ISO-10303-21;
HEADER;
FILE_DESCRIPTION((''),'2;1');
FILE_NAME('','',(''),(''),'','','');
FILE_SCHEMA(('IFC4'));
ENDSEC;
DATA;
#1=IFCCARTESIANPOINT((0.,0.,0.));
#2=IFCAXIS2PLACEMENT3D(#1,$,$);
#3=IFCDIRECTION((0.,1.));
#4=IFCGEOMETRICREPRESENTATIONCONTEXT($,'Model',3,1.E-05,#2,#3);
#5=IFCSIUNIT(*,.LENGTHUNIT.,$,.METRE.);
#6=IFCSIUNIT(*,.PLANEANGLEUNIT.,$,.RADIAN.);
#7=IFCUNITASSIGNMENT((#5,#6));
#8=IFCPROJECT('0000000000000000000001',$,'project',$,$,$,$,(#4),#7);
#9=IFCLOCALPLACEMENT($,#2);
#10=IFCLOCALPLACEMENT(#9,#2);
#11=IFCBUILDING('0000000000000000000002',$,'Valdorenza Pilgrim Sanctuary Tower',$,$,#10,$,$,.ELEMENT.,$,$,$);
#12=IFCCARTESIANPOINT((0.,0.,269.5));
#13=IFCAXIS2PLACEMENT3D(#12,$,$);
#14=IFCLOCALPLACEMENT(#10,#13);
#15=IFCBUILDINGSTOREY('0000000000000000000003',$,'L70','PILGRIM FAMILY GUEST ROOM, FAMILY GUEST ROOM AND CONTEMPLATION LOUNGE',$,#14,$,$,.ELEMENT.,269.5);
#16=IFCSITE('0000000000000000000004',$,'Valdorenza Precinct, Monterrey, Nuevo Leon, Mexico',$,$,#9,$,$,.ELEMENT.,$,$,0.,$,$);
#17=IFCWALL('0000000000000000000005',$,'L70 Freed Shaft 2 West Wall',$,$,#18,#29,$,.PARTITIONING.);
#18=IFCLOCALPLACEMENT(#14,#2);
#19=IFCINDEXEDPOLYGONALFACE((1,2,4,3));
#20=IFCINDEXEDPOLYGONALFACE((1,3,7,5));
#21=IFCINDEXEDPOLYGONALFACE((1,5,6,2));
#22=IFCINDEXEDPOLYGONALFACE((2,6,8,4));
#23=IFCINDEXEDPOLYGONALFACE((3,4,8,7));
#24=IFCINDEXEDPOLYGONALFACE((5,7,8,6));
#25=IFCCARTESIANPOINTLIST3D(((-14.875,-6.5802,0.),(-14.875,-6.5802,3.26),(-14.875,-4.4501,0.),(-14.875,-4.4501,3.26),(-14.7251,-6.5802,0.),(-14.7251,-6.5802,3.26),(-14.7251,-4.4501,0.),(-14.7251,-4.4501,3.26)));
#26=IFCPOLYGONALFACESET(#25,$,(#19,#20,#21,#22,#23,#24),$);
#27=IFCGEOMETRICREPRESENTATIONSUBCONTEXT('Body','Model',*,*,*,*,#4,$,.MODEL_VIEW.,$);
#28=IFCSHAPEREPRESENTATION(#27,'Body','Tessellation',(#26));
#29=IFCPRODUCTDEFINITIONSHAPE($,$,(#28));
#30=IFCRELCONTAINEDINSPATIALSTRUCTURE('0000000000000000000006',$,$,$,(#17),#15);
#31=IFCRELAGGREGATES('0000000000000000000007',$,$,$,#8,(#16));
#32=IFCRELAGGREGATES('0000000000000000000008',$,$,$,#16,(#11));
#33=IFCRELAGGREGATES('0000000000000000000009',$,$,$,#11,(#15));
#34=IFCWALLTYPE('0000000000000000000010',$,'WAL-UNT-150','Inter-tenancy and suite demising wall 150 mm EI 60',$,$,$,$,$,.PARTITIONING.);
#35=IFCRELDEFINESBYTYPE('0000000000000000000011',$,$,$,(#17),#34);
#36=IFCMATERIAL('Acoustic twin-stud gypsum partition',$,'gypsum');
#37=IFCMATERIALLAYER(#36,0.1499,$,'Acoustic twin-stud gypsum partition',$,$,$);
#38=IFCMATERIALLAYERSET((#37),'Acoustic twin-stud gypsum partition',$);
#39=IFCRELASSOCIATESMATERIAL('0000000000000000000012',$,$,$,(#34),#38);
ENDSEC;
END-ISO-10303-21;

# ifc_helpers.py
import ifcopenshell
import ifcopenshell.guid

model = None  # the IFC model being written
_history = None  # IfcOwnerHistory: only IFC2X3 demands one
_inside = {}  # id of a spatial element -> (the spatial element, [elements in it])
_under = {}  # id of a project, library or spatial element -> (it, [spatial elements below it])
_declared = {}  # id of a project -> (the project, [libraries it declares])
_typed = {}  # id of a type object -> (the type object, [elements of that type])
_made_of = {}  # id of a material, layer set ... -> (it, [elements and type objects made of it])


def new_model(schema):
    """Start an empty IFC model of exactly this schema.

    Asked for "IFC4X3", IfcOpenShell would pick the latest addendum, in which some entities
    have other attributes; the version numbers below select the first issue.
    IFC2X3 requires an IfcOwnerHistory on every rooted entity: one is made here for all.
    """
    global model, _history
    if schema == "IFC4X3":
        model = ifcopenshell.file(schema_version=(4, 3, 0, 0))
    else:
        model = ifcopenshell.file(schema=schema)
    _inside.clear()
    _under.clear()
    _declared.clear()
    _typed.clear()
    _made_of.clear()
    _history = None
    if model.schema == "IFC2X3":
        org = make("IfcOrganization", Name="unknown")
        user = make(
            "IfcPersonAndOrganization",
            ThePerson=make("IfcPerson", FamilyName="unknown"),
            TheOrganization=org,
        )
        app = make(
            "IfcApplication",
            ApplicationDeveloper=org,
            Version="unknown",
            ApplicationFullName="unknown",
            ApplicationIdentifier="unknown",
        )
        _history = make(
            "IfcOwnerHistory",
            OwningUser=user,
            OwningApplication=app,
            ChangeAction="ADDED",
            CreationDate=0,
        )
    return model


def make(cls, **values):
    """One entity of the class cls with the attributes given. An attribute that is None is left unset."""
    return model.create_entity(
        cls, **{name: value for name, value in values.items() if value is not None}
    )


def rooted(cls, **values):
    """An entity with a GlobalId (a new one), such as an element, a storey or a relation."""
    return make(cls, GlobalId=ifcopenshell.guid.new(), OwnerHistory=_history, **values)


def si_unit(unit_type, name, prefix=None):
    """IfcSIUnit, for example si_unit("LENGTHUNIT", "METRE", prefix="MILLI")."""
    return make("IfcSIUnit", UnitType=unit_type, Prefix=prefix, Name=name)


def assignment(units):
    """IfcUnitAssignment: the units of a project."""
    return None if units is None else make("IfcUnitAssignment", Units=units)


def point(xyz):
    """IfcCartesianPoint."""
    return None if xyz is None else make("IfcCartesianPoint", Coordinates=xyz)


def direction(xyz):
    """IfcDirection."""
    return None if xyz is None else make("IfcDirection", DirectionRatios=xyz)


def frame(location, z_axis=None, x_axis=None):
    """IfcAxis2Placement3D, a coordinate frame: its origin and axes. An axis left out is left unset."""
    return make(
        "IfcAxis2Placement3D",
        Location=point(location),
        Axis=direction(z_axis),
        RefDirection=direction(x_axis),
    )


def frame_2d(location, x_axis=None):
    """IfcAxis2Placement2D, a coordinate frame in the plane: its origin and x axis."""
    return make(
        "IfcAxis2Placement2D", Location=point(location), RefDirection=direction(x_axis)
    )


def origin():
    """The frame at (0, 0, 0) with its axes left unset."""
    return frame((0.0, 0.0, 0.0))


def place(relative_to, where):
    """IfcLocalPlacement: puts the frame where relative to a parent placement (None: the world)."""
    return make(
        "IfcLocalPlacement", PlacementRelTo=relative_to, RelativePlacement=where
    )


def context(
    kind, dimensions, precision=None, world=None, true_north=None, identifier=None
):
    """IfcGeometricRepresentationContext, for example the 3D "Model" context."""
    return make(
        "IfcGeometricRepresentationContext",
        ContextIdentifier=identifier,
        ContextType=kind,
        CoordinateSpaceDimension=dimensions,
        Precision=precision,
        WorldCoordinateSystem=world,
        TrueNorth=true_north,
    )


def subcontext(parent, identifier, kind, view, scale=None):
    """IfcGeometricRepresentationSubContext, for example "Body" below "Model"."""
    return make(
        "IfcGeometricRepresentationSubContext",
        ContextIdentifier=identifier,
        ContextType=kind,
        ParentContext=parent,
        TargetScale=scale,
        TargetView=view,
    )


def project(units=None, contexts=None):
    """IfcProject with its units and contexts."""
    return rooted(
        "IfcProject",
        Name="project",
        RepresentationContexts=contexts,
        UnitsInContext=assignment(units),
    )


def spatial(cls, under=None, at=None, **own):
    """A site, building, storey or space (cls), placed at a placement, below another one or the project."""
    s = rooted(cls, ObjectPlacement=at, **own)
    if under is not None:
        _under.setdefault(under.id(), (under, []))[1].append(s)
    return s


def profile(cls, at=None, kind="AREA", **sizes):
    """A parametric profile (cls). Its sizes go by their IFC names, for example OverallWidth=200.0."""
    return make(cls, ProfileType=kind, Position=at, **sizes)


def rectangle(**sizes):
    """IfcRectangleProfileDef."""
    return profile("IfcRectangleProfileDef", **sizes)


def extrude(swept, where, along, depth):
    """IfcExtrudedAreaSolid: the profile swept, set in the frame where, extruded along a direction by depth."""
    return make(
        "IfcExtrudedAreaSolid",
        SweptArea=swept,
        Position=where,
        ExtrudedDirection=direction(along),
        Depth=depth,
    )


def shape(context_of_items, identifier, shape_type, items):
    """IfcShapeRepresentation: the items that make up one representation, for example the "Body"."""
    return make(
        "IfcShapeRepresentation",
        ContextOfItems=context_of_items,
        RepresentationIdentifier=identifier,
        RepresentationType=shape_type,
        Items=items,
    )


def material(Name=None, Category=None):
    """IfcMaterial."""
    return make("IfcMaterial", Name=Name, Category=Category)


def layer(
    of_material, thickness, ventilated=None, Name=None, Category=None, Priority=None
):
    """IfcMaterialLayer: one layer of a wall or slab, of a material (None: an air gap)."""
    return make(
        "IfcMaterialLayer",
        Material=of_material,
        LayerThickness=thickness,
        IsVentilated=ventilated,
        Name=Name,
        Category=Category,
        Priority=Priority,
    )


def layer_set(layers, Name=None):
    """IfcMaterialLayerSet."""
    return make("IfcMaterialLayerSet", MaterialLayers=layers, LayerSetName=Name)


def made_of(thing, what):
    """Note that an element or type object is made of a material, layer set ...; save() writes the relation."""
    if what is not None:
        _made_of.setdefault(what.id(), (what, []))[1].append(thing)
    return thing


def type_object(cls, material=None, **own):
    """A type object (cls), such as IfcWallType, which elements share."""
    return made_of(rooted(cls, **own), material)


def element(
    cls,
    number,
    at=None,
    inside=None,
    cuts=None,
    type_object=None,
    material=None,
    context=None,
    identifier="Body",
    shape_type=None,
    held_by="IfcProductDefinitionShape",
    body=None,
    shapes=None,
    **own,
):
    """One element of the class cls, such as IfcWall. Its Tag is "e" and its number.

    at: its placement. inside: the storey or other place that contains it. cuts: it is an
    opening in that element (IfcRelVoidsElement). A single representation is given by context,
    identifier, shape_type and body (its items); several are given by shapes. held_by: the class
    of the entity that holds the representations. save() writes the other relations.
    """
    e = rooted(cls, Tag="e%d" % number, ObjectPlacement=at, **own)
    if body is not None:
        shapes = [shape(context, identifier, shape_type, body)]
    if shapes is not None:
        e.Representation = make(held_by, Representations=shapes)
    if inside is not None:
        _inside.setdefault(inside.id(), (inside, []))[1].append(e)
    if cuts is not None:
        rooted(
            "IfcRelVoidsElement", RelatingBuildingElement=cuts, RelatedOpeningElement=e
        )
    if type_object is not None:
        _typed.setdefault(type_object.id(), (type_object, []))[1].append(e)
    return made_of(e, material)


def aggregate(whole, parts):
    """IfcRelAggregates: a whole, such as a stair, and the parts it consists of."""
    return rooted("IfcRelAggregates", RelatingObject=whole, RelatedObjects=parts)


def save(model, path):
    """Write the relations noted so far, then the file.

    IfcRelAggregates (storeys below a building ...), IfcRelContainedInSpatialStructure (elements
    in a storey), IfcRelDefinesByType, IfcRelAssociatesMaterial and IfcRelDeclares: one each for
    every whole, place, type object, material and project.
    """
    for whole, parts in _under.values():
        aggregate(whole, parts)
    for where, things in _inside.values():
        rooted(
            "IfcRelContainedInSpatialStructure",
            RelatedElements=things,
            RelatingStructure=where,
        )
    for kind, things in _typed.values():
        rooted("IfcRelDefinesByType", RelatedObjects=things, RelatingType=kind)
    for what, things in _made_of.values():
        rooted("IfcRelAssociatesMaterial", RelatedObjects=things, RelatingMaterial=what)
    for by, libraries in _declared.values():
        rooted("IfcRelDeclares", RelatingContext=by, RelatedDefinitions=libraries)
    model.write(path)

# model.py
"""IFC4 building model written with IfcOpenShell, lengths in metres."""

from ifc_helpers import new_model, si_unit, direction, frame, frame_2d, origin, place, context, subcontext, project, spatial, rectangle, extrude, material, layer, layer_set, type_object, element, save


model = new_model("IFC4")

# Units and contexts
model_context = context("Model", 3, precision=1e-05, world=origin(), true_north=direction((0.0, 1.0)))
body_context = subcontext(model_context, "Body", "Model", "MODEL_VIEW")
ifc_project = project(units=[si_unit("LENGTHUNIT", "METRE"), si_unit("PLANEANGLEUNIT", "RADIAN")], contexts=[model_context])

# Site, building, storey
site_placement = place(None, origin())
site = spatial("IfcSite", under=ifc_project, at=site_placement, Name="Valdorenza Precinct, Monterrey, Nuevo Leon, Mexico", CompositionType="ELEMENT", RefElevation=0.0)
building_placement = place(site_placement, origin())
building = spatial("IfcBuilding", under=site, at=building_placement, Name="Valdorenza Pilgrim Sanctuary Tower", CompositionType="ELEMENT")
storey_placement = place(building_placement, frame((0.0, 0.0, 269.5)))
storey = spatial("IfcBuildingStorey", under=building, at=storey_placement, Name="L70", Description="PILGRIM FAMILY GUEST ROOM, FAMILY GUEST ROOM AND CONTEMPLATION LOUNGE", CompositionType="ELEMENT", Elevation=269.5)

# Shared definitions
ifc_material_1 = material(Name="Acoustic twin-stud gypsum partition", Category="gypsum")

# Wall
ifc_layer_1 = layer(ifc_material_1, 0.1499, Name="Acoustic twin-stud gypsum partition")
ifc_layer_set_1 = layer_set([ifc_layer_1], Name="Acoustic twin-stud gypsum partition")
wall_type_1 = type_object("IfcWallType", Name="WAL-UNT-150", Description="Inter-tenancy and suite demising wall 150 mm EI 60", PredefinedType="PARTITIONING", material=ifc_layer_set_1)
for number, where, z_axis, x_axis, name in (
    (1, (-14.8, -6.5801, 0.0), (0.0, 0.0, 1.0), (0.0, 1.0, 0.0), "L70 Freed Shaft 2 West Wall"),
):
    element("IfcWall", number, at=place(storey_placement, frame(where, z_axis=z_axis, x_axis=x_axis)), inside=storey, type_object=wall_type_1, Name=name, PredefinedType="PARTITIONING", context=body_context, shape_type="SweptSolid", body=[
        extrude(rectangle(XDim=2.1301, YDim=0.1499, at=frame_2d((1.0649, 0.0))), origin(), (0.0, 0.0, 1.0), 3.26),
    ])

save(model, "model.ifc")
